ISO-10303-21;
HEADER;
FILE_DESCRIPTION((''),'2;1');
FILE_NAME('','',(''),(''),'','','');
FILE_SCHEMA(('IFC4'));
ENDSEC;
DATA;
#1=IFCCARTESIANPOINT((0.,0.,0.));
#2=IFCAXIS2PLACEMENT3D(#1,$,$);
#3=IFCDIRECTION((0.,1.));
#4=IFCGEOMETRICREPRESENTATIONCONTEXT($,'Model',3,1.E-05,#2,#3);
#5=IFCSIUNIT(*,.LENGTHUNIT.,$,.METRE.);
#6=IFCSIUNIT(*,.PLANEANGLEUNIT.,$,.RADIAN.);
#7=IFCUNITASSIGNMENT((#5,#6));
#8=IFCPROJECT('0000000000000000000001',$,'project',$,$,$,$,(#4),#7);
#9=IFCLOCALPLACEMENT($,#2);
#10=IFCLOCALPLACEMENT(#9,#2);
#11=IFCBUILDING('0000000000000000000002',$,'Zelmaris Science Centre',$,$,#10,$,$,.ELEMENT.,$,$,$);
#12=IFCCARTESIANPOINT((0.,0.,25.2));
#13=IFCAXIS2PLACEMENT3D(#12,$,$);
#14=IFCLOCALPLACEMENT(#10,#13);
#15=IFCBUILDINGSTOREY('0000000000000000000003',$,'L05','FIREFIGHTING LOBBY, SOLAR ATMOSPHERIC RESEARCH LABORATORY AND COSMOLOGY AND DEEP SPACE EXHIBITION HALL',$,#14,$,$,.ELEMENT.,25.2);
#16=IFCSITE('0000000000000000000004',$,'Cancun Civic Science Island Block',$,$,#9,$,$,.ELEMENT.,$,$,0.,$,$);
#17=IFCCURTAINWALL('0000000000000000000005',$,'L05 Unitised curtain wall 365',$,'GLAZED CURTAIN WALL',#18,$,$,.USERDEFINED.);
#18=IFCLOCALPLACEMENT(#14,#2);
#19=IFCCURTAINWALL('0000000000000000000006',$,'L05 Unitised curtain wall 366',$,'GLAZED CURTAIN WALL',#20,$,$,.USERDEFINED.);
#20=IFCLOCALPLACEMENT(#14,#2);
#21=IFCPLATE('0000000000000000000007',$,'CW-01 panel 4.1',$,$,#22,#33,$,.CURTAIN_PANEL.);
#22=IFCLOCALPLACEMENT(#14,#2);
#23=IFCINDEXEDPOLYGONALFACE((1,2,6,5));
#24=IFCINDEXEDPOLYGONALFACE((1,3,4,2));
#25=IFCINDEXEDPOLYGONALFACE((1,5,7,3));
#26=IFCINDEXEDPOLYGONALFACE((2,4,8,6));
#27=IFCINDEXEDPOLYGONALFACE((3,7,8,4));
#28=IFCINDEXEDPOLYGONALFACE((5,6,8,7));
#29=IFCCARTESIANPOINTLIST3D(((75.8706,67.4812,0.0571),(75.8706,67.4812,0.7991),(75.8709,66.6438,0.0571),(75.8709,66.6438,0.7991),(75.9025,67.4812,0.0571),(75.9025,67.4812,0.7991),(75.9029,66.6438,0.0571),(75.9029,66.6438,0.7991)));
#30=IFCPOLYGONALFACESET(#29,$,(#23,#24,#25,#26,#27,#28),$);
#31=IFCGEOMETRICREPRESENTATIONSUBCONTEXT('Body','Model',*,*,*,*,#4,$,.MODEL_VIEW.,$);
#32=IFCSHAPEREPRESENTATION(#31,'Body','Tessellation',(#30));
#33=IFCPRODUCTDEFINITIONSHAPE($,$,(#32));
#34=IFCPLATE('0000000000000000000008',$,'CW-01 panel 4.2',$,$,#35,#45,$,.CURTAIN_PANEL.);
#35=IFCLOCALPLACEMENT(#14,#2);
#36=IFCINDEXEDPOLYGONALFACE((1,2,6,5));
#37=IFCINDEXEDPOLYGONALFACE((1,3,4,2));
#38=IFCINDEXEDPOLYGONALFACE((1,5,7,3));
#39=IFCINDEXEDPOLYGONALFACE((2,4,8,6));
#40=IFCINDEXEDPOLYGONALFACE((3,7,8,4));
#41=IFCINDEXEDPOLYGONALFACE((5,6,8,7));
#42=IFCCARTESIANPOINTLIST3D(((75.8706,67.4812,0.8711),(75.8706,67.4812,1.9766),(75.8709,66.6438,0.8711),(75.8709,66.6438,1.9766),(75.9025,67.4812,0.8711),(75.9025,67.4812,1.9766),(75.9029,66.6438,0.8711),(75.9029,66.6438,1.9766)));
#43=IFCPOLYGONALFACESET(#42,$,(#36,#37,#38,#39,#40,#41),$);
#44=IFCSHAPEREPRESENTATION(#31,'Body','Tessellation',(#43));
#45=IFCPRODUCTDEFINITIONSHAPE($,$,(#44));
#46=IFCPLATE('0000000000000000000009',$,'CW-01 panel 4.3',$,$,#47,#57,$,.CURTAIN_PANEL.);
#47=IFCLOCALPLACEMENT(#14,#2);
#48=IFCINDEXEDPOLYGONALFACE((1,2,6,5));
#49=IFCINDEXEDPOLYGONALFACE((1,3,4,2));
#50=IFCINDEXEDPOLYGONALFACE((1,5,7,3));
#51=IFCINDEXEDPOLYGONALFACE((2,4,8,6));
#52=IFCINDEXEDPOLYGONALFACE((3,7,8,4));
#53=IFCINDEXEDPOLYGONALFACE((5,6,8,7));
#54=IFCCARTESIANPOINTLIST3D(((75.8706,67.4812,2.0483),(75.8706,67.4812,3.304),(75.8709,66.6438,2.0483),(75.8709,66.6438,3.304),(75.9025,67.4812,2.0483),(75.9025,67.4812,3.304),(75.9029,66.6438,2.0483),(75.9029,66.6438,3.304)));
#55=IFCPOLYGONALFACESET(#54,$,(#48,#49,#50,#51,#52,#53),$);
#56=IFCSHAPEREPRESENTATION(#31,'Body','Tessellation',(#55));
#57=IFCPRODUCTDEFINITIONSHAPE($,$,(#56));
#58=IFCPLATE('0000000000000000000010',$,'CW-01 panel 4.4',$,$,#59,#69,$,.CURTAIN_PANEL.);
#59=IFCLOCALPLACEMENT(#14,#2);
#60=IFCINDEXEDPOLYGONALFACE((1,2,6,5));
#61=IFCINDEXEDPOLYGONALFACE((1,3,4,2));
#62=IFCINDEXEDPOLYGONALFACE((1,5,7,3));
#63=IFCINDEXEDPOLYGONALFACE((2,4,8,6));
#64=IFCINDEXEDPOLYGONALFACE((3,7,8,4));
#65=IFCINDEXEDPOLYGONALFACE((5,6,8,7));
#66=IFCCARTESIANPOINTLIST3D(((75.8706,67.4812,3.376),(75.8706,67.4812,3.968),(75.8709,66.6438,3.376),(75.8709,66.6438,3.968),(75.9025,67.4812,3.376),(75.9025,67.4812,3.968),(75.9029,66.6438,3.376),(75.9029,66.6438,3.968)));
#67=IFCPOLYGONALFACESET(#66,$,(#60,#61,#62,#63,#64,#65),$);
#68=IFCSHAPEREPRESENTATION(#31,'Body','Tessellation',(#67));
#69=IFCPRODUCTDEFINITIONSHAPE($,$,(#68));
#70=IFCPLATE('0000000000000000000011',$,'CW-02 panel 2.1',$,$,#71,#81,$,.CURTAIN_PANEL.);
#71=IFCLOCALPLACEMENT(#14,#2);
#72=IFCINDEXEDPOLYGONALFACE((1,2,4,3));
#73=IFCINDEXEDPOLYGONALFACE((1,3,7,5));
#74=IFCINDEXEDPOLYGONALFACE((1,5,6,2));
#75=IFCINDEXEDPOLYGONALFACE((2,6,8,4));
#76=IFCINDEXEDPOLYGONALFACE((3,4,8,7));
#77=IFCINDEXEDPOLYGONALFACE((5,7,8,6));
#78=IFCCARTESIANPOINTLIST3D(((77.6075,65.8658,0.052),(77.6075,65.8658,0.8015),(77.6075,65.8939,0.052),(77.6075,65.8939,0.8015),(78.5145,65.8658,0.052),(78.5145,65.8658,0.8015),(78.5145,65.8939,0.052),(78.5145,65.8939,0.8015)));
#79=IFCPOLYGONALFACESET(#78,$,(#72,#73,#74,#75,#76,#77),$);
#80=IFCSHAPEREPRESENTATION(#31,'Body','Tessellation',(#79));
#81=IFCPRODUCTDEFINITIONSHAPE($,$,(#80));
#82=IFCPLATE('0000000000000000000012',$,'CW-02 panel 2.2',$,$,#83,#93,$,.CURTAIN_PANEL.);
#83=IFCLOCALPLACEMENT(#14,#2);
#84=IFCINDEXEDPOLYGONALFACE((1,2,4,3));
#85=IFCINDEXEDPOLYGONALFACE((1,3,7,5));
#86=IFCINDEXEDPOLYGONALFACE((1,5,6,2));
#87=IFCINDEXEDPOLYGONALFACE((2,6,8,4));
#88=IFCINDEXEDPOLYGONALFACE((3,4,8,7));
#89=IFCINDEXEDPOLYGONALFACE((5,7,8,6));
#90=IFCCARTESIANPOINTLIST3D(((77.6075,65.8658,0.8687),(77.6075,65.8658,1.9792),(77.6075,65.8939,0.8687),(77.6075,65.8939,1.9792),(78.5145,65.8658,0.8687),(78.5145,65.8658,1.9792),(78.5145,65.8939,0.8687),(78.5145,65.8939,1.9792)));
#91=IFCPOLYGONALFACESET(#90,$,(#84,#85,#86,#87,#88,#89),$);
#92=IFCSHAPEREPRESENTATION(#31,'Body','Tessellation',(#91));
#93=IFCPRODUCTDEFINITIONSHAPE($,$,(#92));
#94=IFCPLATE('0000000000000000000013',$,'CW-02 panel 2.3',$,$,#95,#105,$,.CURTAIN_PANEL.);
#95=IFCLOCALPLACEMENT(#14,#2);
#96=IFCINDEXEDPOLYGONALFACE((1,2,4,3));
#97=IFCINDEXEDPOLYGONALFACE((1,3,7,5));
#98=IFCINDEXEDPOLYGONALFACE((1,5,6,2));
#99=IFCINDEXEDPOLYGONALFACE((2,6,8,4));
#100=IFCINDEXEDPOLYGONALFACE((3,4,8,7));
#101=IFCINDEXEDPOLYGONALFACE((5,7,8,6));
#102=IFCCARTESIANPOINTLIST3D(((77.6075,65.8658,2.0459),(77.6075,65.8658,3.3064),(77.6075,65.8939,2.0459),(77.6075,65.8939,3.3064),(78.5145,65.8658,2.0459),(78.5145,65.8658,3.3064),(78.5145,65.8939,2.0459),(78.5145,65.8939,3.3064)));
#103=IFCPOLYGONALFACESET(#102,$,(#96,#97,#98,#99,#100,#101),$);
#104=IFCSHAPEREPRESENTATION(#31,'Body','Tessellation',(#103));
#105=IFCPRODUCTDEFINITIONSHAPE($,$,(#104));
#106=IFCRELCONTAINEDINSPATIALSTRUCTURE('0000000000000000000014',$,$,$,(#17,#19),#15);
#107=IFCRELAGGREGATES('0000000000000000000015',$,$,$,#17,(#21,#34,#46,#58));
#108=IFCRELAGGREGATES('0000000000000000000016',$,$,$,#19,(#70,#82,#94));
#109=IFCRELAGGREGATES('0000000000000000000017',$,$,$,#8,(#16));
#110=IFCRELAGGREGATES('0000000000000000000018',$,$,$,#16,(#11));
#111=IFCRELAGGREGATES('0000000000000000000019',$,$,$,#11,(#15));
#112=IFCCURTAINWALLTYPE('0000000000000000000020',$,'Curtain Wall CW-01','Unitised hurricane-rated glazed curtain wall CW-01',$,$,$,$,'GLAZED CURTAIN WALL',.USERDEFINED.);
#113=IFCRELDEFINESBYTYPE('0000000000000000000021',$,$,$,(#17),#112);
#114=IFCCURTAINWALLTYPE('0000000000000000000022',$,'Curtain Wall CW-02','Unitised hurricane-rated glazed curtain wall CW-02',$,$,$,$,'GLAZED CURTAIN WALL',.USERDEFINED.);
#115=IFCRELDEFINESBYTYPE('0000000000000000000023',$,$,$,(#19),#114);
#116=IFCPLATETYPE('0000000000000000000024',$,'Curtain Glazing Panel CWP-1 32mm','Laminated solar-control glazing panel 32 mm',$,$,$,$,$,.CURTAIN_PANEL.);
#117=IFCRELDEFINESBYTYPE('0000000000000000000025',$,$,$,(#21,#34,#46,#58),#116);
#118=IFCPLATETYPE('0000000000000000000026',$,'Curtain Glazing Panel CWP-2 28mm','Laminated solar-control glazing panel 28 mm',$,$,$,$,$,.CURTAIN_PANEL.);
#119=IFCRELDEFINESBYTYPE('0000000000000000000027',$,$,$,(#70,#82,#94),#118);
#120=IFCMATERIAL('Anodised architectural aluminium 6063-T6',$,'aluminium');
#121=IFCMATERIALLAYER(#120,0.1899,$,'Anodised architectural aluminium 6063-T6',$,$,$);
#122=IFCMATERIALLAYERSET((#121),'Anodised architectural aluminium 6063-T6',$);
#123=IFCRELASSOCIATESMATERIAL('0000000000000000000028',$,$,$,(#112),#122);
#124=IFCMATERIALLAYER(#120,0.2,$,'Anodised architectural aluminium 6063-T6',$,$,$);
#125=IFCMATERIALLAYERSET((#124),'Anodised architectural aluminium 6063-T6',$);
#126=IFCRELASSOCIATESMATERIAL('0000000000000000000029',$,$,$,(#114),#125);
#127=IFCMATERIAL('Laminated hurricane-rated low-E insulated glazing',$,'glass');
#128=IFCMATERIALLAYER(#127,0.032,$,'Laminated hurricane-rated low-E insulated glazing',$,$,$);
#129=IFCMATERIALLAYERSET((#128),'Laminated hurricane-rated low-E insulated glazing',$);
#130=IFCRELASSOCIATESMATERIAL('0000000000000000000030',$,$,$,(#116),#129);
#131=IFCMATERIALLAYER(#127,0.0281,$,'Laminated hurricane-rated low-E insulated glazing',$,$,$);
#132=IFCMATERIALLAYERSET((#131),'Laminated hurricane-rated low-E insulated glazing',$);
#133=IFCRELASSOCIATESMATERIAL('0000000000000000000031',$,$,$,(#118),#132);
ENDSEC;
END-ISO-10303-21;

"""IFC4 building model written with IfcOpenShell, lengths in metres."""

from ifc_helpers import new_model, si_unit, direction, frame, origin, origin_2d, place, context, subcontext, project, spatial, rectangle, extrude, material, layer, layer_set, type_object, element, aggregate, save


model = new_model("IFC4")

# Units and contexts
model_context = context("Model", 3, precision=1e-05, world=origin(), true_north=direction((0.0, 1.0)))
body_context = subcontext(model_context, "Body", "Model", "MODEL_VIEW")
ifc_project = project(units=[si_unit("LENGTHUNIT", "METRE"), si_unit("PLANEANGLEUNIT", "RADIAN")], contexts=[model_context])

# Site, building, storey
site_placement = place(None, origin())
site = spatial("IfcSite", under=ifc_project, at=site_placement, Name="Cancun Civic Science Island Block", CompositionType="ELEMENT", RefElevation=0.0)
building_placement = place(site_placement, origin())
building = spatial("IfcBuilding", under=site, at=building_placement, Name="Zelmaris Science Centre", CompositionType="ELEMENT")
storey_placement = place(building_placement, frame((0.0, 0.0, 25.2)))
storey = spatial("IfcBuildingStorey", under=building, at=storey_placement, Name="L05", Description="FIREFIGHTING LOBBY, SOLAR ATMOSPHERIC RESEARCH LABORATORY AND COSMOLOGY AND DEEP SPACE EXHIBITION HALL", CompositionType="ELEMENT", Elevation=25.2)

# Curtain walls
ifc_material_1 = material(Name="Anodised architectural aluminium 6063-T6", Category="aluminium")
ifc_layer_1 = layer(ifc_material_1, 0.1899, Name="Anodised architectural aluminium 6063-T6")
ifc_layer_set_1 = layer_set([ifc_layer_1], Name="Anodised architectural aluminium 6063-T6")
curtain_wall_type_1 = type_object("IfcCurtainWallType", Name="Curtain Wall CW-01", Description="Unitised hurricane-rated glazed curtain wall CW-01", ElementType="GLAZED CURTAIN WALL", PredefinedType="USERDEFINED", material=ifc_layer_set_1)
curtain_wall_1_placement = place(storey_placement, origin())
curtain_wall_1 = element("IfcCurtainWall", 1, at=curtain_wall_1_placement, inside=storey, type_object=curtain_wall_type_1, Name="L05 Unitised curtain wall 365", ObjectType="GLAZED CURTAIN WALL", PredefinedType="USERDEFINED")
ifc_layer_2 = layer(ifc_material_1, 0.2, Name="Anodised architectural aluminium 6063-T6")
ifc_layer_set_2 = layer_set([ifc_layer_2], Name="Anodised architectural aluminium 6063-T6")
curtain_wall_type_2 = type_object("IfcCurtainWallType", Name="Curtain Wall CW-02", Description="Unitised hurricane-rated glazed curtain wall CW-02", ElementType="GLAZED CURTAIN WALL", PredefinedType="USERDEFINED", material=ifc_layer_set_2)
curtain_wall_2_placement = place(storey_placement, origin())
curtain_wall_2 = element("IfcCurtainWall", 2, at=curtain_wall_2_placement, inside=storey, type_object=curtain_wall_type_2, Name="L05 Unitised curtain wall 366", ObjectType="GLAZED CURTAIN WALL", PredefinedType="USERDEFINED")

# Plates
ifc_material_2 = material(Name="Laminated hurricane-rated low-E insulated glazing", Category="glass")
ifc_layer_3 = layer(ifc_material_2, 0.032, Name="Laminated hurricane-rated low-E insulated glazing")
ifc_layer_set_3 = layer_set([ifc_layer_3], Name="Laminated hurricane-rated low-E insulated glazing")
plate_type_1 = type_object("IfcPlateType", Name="Curtain Glazing Panel CWP-1 32mm", Description="Laminated solar-control glazing panel 32 mm", PredefinedType="CURTAIN_PANEL", material=ifc_layer_set_3)
plate_1_placement = place(storey_placement, frame((75.8867, 67.0625, 0.0571), z_axis=(0.0, 0.0, 1.0), x_axis=(0.000397, -1.0, 0.0)))
plate_1 = element("IfcPlate", 3, at=plate_1_placement, type_object=plate_type_1, Name="CW-01 panel 4.1", PredefinedType="CURTAIN_PANEL", context=body_context, shape_type="SweptSolid", body=[
    extrude(rectangle(XDim=0.8374, YDim=0.032, at=origin_2d()), origin(), (0.0, 0.0, 1.0), 0.7419),
])
plate_2_placement = place(storey_placement, frame((75.8867, 67.0625, 0.8711), z_axis=(0.0, 0.0, 1.0), x_axis=(0.000397, -1.0, 0.0)))
plate_2 = element("IfcPlate", 4, at=plate_2_placement, type_object=plate_type_1, Name="CW-01 panel 4.2", PredefinedType="CURTAIN_PANEL", context=body_context, shape_type="SweptSolid", body=[
    extrude(rectangle(XDim=0.8374, YDim=0.032, at=origin_2d()), origin(), (0.0, 0.0, 1.0), 1.1055),
])
plate_3_placement = place(storey_placement, frame((75.8867, 67.0625, 2.0483), z_axis=(0.0, 0.0, 1.0), x_axis=(0.000397, -1.0, 0.0)))
plate_3 = element("IfcPlate", 5, at=plate_3_placement, type_object=plate_type_1, Name="CW-01 panel 4.3", PredefinedType="CURTAIN_PANEL", context=body_context, shape_type="SweptSolid", body=[
    extrude(rectangle(XDim=0.8374, YDim=0.032, at=origin_2d()), origin(), (0.0, 0.0, 1.0), 1.2556),
])
plate_4_placement = place(storey_placement, frame((75.8867, 67.0625, 3.376), z_axis=(0.0, 0.0, 1.0), x_axis=(0.000397, -1.0, 0.0)))
plate_4 = element("IfcPlate", 6, at=plate_4_placement, type_object=plate_type_1, Name="CW-01 panel 4.4", PredefinedType="CURTAIN_PANEL", context=body_context, shape_type="SweptSolid", body=[
    extrude(rectangle(XDim=0.8374, YDim=0.032, at=origin_2d()), origin(), (0.0, 0.0, 1.0), 0.592),
])
aggregate(curtain_wall_1, [plate_1, plate_2, plate_3, plate_4])
ifc_layer_4 = layer(ifc_material_2, 0.0281, Name="Laminated hurricane-rated low-E insulated glazing")
ifc_layer_set_4 = layer_set([ifc_layer_4], Name="Laminated hurricane-rated low-E insulated glazing")
plate_type_2 = type_object("IfcPlateType", Name="Curtain Glazing Panel CWP-2 28mm", Description="Laminated solar-control glazing panel 28 mm", PredefinedType="CURTAIN_PANEL", material=ifc_layer_set_4)
plate_5_placement = place(storey_placement, frame((78.061, 65.8799, 0.052), z_axis=(0.0, 0.0, 1.0), x_axis=(1.0, 0.0, 0.0)))
plate_5 = element("IfcPlate", 7, at=plate_5_placement, type_object=plate_type_2, Name="CW-02 panel 2.1", PredefinedType="CURTAIN_PANEL", context=body_context, shape_type="SweptSolid", body=[
    extrude(rectangle(XDim=0.907, YDim=0.0281, at=origin_2d()), origin(), (0.0, 0.0, 1.0), 0.7495),
])
plate_6_placement = place(storey_placement, frame((78.061, 65.8799, 0.8687), z_axis=(0.0, 0.0, 1.0), x_axis=(1.0, 0.0, 0.0)))
plate_6 = element("IfcPlate", 8, at=plate_6_placement, type_object=plate_type_2, Name="CW-02 panel 2.2", PredefinedType="CURTAIN_PANEL", context=body_context, shape_type="SweptSolid", body=[
    extrude(rectangle(XDim=0.907, YDim=0.0281, at=origin_2d()), origin(), (0.0, 0.0, 1.0), 1.1106),
])
plate_7_placement = place(storey_placement, frame((78.061, 65.8799, 2.0459), z_axis=(0.0, 0.0, 1.0), x_axis=(1.0, 0.0, 0.0)))
plate_7 = element("IfcPlate", 9, at=plate_7_placement, type_object=plate_type_2, Name="CW-02 panel 2.3", PredefinedType="CURTAIN_PANEL", context=body_context, shape_type="SweptSolid", body=[
    extrude(rectangle(XDim=0.907, YDim=0.0281, at=origin_2d()), origin(), (0.0, 0.0, 1.0), 1.2605),
])
aggregate(curtain_wall_2, [plate_5, plate_6, plate_7])

save(model, "model.ifc")
